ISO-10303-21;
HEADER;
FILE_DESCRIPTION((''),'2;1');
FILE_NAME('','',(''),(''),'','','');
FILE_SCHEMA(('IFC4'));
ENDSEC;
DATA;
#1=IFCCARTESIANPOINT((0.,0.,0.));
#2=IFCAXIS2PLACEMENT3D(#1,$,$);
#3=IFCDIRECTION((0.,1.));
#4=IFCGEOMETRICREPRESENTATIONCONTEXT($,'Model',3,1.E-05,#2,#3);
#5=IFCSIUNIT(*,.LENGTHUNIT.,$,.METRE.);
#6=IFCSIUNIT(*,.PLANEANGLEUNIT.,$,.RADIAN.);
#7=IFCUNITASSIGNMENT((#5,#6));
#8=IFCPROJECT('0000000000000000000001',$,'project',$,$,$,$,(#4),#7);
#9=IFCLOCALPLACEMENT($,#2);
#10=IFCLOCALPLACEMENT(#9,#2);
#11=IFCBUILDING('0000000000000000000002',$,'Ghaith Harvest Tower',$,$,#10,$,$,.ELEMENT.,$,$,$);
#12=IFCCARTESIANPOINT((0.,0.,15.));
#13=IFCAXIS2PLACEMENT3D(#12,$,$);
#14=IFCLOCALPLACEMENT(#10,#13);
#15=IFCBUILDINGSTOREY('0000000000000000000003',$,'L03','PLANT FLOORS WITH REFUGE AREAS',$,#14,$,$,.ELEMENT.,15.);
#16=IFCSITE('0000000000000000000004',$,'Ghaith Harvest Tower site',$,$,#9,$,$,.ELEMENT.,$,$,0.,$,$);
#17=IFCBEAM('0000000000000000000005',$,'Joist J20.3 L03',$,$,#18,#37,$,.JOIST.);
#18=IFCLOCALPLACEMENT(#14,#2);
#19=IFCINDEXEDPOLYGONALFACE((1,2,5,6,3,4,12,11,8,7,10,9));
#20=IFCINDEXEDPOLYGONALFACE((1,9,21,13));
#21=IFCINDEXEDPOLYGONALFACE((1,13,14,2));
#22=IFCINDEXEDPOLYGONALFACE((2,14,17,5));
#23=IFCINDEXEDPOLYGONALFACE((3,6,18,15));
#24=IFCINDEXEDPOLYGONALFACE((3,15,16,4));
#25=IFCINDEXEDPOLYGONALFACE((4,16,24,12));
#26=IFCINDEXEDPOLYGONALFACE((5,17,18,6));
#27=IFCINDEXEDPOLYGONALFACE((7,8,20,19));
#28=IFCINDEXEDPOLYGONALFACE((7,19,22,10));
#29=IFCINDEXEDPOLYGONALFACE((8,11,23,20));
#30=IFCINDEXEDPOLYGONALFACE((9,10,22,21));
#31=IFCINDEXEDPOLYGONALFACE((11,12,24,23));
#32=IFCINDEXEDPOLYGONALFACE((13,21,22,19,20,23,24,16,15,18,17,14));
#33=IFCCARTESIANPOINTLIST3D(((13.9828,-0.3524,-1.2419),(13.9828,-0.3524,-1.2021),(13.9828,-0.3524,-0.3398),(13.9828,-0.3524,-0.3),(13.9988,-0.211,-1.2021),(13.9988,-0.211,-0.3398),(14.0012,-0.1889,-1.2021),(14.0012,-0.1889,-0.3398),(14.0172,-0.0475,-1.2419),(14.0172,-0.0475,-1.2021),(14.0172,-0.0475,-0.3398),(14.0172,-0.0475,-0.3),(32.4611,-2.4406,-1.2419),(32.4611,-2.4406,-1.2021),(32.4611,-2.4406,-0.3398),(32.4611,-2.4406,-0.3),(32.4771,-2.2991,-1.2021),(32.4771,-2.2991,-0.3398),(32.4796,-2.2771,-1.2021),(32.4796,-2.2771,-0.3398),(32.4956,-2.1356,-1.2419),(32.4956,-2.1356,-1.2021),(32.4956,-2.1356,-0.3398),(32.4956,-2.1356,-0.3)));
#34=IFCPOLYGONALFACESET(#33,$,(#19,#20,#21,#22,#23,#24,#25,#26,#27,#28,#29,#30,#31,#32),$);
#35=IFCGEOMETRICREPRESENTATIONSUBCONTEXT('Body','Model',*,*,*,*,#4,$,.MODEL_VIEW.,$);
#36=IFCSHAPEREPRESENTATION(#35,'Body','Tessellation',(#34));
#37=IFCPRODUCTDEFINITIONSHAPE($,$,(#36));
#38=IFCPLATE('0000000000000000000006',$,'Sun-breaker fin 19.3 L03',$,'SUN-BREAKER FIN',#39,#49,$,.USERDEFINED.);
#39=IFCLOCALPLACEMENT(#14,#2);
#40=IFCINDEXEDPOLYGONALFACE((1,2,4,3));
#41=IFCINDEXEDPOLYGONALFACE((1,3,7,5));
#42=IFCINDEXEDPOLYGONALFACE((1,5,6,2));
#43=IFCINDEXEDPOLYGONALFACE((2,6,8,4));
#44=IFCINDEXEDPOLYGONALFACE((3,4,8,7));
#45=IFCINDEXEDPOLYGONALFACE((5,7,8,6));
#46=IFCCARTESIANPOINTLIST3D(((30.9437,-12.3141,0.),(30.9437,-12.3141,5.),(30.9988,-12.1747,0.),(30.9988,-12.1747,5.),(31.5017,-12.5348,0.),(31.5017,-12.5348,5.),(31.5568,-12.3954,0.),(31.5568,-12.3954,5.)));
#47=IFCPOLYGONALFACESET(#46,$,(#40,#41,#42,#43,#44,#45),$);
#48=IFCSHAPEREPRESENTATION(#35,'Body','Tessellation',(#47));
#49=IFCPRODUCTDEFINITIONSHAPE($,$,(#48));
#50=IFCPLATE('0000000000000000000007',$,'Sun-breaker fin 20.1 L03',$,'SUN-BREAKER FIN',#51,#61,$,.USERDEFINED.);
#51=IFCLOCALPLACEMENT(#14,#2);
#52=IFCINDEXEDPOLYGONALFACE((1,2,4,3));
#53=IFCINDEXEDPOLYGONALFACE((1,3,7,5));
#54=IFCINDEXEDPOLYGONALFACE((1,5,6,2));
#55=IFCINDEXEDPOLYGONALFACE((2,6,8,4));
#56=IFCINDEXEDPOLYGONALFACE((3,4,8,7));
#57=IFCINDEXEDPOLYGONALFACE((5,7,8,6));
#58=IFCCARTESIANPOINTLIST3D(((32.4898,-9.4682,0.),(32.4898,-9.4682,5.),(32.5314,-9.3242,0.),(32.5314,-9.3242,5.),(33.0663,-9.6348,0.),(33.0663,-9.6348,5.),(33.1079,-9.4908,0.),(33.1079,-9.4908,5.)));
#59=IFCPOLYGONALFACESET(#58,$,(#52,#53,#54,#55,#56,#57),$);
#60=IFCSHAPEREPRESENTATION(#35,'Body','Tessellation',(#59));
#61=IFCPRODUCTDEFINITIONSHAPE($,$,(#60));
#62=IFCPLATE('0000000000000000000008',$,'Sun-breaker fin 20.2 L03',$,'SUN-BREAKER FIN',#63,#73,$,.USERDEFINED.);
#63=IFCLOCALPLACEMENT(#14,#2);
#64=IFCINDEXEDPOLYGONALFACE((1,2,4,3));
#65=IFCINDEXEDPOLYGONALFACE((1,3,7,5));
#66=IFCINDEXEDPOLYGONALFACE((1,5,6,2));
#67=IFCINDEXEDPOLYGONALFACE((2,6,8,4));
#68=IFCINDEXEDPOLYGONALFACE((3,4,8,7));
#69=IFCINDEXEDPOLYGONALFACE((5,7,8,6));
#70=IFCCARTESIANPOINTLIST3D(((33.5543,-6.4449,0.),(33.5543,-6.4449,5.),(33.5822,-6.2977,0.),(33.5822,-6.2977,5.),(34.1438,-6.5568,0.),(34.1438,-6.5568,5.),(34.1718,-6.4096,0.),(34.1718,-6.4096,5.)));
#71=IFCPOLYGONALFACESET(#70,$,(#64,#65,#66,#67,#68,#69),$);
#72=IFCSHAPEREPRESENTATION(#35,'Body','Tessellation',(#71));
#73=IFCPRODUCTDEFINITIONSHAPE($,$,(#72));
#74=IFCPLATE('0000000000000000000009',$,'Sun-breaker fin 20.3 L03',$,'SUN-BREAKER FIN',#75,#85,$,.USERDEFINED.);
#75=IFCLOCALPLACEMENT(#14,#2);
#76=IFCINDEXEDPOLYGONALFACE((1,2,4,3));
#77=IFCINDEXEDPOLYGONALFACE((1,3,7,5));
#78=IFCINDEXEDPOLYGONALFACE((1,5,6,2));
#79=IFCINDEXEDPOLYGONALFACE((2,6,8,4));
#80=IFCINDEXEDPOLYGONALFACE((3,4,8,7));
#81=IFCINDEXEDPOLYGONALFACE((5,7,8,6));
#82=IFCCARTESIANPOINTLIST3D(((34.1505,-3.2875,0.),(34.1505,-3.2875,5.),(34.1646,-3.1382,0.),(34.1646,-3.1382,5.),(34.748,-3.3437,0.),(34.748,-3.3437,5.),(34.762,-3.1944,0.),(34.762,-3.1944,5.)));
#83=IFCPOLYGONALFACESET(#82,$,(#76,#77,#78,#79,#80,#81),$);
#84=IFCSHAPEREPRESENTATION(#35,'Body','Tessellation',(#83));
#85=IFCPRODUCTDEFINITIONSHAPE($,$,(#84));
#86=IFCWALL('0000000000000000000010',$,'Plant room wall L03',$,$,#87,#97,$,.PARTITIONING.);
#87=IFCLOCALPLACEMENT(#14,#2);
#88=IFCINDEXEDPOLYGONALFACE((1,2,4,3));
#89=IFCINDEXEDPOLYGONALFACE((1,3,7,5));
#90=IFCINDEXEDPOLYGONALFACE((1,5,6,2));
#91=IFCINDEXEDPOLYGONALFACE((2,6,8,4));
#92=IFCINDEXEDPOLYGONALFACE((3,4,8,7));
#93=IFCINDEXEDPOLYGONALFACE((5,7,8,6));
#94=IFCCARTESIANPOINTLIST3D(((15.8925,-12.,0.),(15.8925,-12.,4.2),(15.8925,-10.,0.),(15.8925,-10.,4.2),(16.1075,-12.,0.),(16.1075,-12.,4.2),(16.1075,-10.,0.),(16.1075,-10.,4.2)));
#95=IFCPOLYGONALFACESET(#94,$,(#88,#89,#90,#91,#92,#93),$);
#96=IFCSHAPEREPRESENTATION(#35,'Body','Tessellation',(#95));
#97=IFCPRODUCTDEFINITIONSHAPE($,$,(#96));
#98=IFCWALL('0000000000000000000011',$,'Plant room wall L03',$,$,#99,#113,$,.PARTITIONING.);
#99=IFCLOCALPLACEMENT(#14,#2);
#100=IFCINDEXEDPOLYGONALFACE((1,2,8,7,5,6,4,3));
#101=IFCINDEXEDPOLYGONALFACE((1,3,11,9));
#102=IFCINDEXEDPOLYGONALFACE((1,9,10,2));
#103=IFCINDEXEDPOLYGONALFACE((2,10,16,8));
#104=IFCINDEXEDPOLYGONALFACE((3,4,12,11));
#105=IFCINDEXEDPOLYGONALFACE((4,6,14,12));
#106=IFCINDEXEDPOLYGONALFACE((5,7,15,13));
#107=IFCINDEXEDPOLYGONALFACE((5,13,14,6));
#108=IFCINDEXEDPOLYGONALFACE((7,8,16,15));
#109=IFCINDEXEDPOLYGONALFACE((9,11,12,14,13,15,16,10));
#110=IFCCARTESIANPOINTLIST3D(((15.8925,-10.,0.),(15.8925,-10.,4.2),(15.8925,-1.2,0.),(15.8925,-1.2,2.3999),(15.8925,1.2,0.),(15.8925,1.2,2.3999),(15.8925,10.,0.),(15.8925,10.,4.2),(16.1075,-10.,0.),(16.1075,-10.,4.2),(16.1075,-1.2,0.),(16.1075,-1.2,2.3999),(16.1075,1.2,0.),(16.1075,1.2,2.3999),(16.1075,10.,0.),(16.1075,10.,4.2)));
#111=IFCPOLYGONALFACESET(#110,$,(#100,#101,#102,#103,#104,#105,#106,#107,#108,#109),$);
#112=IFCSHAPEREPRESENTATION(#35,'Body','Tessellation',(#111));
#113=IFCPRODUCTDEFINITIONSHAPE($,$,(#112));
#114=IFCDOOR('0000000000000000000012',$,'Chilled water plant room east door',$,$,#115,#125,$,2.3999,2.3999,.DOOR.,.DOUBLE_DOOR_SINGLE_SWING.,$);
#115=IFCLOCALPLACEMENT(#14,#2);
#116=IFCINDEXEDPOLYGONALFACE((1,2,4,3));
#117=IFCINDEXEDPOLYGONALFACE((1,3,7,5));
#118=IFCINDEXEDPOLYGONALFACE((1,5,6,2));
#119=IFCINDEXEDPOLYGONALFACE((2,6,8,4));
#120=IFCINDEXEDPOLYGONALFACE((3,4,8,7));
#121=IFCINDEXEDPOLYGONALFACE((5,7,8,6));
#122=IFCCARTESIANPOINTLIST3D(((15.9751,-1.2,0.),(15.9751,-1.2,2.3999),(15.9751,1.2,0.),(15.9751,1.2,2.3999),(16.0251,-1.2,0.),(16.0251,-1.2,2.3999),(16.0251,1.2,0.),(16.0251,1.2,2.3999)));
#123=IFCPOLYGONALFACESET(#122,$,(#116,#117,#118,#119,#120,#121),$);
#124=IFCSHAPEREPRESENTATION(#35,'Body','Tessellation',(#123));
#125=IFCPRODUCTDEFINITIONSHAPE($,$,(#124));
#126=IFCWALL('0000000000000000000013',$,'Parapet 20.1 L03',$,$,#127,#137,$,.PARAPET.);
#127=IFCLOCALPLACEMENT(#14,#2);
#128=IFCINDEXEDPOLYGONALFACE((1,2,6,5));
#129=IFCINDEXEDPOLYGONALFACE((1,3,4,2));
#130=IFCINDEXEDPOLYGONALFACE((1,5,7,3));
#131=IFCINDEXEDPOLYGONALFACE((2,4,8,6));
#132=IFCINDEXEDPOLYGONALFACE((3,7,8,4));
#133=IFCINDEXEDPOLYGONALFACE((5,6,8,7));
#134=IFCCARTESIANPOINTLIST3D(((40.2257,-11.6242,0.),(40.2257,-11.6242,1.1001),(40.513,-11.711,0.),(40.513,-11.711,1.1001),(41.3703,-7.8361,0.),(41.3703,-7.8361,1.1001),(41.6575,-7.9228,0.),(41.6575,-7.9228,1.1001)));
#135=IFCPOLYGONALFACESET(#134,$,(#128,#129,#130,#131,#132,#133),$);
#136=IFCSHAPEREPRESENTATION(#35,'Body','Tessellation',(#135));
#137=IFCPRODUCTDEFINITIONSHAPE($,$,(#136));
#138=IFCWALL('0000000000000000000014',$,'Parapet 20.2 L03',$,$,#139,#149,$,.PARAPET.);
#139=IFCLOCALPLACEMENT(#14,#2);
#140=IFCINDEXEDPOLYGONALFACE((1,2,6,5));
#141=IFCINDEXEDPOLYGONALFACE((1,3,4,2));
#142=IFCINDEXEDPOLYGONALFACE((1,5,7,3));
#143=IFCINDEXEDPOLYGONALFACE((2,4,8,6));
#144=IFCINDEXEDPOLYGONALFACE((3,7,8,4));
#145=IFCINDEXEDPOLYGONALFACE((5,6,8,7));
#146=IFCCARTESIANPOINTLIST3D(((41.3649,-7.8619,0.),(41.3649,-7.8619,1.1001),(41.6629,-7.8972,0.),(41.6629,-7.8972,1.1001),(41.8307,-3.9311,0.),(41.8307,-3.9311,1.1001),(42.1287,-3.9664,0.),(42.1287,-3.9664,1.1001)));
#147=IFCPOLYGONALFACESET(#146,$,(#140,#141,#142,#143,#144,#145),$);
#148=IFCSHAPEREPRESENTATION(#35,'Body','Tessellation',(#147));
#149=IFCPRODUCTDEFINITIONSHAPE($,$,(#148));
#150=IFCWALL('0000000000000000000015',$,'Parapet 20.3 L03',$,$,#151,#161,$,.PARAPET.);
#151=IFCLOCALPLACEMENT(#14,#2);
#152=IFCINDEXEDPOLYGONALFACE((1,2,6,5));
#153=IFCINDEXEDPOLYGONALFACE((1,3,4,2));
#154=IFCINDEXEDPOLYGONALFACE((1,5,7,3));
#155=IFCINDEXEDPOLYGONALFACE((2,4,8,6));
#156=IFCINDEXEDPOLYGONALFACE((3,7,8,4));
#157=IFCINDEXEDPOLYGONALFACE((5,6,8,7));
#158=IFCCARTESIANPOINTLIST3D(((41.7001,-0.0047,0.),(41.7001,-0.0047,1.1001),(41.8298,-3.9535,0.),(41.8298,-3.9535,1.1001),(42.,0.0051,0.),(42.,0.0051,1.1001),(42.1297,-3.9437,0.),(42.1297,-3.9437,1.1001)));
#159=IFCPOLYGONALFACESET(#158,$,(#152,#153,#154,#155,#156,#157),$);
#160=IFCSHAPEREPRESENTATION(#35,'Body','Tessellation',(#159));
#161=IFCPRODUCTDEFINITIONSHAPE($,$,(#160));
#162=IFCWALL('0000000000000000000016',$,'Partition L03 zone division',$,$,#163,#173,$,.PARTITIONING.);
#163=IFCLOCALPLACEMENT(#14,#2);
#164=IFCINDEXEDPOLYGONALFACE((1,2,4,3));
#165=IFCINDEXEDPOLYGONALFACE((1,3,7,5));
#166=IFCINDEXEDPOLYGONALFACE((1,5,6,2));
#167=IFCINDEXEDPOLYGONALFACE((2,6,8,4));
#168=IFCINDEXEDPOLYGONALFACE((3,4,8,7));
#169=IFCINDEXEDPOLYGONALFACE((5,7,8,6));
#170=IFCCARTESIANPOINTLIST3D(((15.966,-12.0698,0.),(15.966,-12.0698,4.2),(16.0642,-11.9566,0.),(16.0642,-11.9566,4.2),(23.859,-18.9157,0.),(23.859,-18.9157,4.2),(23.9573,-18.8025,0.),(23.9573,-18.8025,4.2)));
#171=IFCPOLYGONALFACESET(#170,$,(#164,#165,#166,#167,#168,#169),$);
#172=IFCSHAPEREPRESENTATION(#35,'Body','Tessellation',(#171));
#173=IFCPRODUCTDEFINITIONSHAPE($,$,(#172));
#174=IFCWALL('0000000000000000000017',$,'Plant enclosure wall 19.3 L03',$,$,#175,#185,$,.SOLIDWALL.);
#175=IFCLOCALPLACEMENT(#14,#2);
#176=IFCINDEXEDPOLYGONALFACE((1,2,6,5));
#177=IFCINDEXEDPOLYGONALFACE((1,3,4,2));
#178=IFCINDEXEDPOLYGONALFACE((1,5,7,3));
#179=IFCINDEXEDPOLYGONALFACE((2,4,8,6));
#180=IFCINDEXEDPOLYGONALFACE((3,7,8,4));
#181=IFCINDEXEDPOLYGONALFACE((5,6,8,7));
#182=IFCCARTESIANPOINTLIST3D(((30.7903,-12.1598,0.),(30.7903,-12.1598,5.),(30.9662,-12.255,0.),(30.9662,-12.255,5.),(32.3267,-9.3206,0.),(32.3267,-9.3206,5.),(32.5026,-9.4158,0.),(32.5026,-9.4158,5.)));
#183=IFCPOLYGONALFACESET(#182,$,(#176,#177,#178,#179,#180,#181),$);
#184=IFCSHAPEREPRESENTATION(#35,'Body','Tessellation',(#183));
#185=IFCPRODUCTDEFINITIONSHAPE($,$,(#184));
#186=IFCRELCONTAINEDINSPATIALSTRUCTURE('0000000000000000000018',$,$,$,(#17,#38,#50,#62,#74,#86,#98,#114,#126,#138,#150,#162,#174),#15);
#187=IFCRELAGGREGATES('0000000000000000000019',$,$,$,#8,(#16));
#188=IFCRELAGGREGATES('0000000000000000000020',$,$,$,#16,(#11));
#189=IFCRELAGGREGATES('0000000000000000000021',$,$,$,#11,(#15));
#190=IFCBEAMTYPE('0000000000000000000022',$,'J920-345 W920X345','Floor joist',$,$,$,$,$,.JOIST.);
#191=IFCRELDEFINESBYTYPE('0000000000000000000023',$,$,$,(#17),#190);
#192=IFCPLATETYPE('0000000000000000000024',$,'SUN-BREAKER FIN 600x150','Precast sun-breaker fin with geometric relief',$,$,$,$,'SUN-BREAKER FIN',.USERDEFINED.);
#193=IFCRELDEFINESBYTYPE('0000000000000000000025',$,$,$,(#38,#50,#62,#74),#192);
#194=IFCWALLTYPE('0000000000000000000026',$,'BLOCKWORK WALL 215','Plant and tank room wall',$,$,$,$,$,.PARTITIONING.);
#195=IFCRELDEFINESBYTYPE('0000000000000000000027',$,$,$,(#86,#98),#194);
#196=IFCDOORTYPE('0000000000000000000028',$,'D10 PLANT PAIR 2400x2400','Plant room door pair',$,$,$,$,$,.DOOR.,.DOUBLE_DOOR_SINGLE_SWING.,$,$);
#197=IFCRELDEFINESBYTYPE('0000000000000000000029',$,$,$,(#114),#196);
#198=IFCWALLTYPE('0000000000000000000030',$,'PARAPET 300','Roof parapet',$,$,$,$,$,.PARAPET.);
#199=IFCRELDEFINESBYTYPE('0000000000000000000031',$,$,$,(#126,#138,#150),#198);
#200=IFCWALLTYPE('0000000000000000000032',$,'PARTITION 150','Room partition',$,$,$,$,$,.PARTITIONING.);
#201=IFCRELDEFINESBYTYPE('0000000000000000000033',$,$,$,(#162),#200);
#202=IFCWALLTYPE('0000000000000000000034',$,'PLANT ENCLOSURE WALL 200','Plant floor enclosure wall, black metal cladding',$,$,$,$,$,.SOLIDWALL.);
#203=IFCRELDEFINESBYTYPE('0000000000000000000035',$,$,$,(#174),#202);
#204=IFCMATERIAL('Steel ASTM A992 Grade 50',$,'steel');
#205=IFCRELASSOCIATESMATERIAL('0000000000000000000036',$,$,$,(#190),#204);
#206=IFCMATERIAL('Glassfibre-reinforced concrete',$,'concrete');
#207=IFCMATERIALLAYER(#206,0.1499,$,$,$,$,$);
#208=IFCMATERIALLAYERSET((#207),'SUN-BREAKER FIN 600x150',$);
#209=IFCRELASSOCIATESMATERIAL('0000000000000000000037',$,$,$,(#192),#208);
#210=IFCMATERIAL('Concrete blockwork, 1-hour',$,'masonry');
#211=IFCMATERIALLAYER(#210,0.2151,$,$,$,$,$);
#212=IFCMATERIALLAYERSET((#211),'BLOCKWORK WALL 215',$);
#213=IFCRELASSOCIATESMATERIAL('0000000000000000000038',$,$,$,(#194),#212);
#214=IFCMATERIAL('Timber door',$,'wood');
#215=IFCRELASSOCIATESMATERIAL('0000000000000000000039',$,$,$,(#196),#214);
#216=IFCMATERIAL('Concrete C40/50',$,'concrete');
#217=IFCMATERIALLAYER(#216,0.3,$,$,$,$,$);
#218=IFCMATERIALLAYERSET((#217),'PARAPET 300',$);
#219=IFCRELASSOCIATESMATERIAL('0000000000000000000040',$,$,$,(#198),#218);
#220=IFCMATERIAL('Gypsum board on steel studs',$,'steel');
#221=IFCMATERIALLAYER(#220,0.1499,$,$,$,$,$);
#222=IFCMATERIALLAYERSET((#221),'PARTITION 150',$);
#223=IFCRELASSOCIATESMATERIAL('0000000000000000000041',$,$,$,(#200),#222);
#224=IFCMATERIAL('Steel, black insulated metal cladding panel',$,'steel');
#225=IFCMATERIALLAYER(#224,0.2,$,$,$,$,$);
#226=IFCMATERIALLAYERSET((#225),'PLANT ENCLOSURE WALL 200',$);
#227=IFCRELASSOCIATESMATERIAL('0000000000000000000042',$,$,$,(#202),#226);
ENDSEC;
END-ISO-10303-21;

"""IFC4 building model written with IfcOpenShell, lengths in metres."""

from ifc_helpers import new_model, si_unit, direction, frame, frame_2d, origin, origin_2d, place, context, subcontext, project, spatial, rectangle, i_section, extrude, material, layer, layer_set, material_profile, profile_set, type_object, element, fill, save


model = new_model("IFC4")

# Units and contexts
model_context = context("Model", 3, precision=1e-05, world=origin(), true_north=direction((0.0, 1.0)))
body_context = subcontext(model_context, "Body", "Model", "MODEL_VIEW")
ifc_project = project(units=[si_unit("LENGTHUNIT", "METRE"), si_unit("PLANEANGLEUNIT", "RADIAN")], contexts=[model_context])

# Site, building, storey
site_placement = place(None, origin())
site = spatial("IfcSite", under=ifc_project, at=site_placement, Name="Ghaith Harvest Tower site", CompositionType="ELEMENT", RefElevation=0.0)
building_placement = place(site_placement, origin())
building = spatial("IfcBuilding", under=site, at=building_placement, Name="Ghaith Harvest Tower", CompositionType="ELEMENT")
storey_placement = place(building_placement, frame((0.0, 0.0, 15.0)))
storey = spatial("IfcBuildingStorey", under=building, at=storey_placement, Name="L03", Description="PLANT FLOORS WITH REFUGE AREAS", CompositionType="ELEMENT", Elevation=15.0)

# Beam
ifc_material_1 = material(Name="Steel ASTM A992 Grade 50", Category="steel")
ifc_material_profile_1 = material_profile(ifc_material_1, i_section(OverallWidth=0.3069, OverallDepth=0.9419, WebThickness=0.0222, FlangeThickness=0.0398, at=origin_2d()), Name="W920X345")
ifc_profile_set_1 = profile_set([ifc_material_profile_1], Name="Steel ASTM A992 Grade 50")
beam_type_1 = type_object("IfcBeamType", Name="J920-345 W920X345", Description="Floor joist", PredefinedType="JOIST", material=ifc_profile_set_1)
beam_1_placement = place(storey_placement, frame((14.0, -0.2, -0.771), z_axis=(0.993675, -0.11229, 0.0), x_axis=(0.11229, 0.993675, 0.0)))
element("IfcBeam", 1, at=beam_1_placement, inside=storey, type_object=beam_type_1, Name="Joist J20.3 L03", PredefinedType="JOIST", context=body_context, shape_type="SweptSolid", body=[
    extrude(i_section(OverallWidth=0.3069, OverallDepth=0.9419, WebThickness=0.0222, FlangeThickness=0.0398, at=origin_2d()), origin(), (0.0, 0.0, 1.0), 18.5959),
])

# Plates
ifc_material_2 = material(Name="Glassfibre-reinforced concrete", Category="concrete")
ifc_layer_1 = layer(ifc_material_2, 0.1499)
ifc_layer_set_1 = layer_set([ifc_layer_1], Name="SUN-BREAKER FIN 600x150")
plate_type = type_object("IfcPlateType", Name="SUN-BREAKER FIN 600x150", Description="Precast sun-breaker fin with geometric relief", ElementType="SUN-BREAKER FIN", PredefinedType="USERDEFINED", material=ifc_layer_set_1)
for number, where, z_axis, x_axis, name in (
    (2, (31.2502, -12.3547, 0.0), (0.0, 0.0, 1.0), (0.929961, -0.367659, 0.0), "Sun-breaker fin 19.3 L03"),
    (3, (32.7988, -9.4795, 0.0), (0.0, 0.0, 1.0), (0.96068, -0.277657, 0.0), "Sun-breaker fin 20.1 L03"),
    (4, (33.863, -6.4272, 0.0), (0.0, 0.0, 1.0), (0.98246, -0.186471, 0.0), "Sun-breaker fin 20.2 L03"),
    (5, (34.4563, -3.241, 0.0), (0.0, 0.0, 1.0), (0.995605, -0.093647, 0.0), "Sun-breaker fin 20.3 L03"),
):
    element("IfcPlate", number, at=place(storey_placement, frame(where, z_axis=z_axis, x_axis=x_axis)), inside=storey, type_object=plate_type, Name=name, ObjectType="SUN-BREAKER FIN", PredefinedType="USERDEFINED", context=body_context, shape_type="SweptSolid", body=[
        extrude(rectangle(XDim=0.6001, YDim=0.1499, at=origin_2d()), origin(), (0.0, 0.0, 1.0), 5.0),
    ])

# Wall
ifc_material_3 = material(Name="Concrete blockwork, 1-hour", Category="masonry")
ifc_layer_2 = layer(ifc_material_3, 0.2151)
ifc_layer_set_2 = layer_set([ifc_layer_2], Name="BLOCKWORK WALL 215")
wall_type_1 = type_object("IfcWallType", Name="BLOCKWORK WALL 215", Description="Plant and tank room wall", PredefinedType="PARTITIONING", material=ifc_layer_set_2)
wall_1_placement = place(storey_placement, frame((16.0, -12.0, 0.0), z_axis=(0.0, 0.0, 1.0), x_axis=(0.0, 1.0, 0.0)))
element("IfcWall", 6, at=wall_1_placement, inside=storey, type_object=wall_type_1, Name="Plant room wall L03", PredefinedType="PARTITIONING", context=body_context, shape_type="SweptSolid", body=[
    extrude(rectangle(XDim=2.0, YDim=0.2151, at=frame_2d((1.0, 0.0))), origin(), (0.0, 0.0, 1.0), 4.2),
])

# Wall, opening, door
wall_2_placement = place(storey_placement, frame((16.0, -10.0, 0.0), z_axis=(0.0, 0.0, 1.0), x_axis=(0.0, 1.0, 0.0)))
wall_2 = element("IfcWall", 7, at=wall_2_placement, inside=storey, type_object=wall_type_1, Name="Plant room wall L03", PredefinedType="PARTITIONING", context=body_context, shape_type="SweptSolid", body=[
    extrude(rectangle(XDim=20.0, YDim=0.2151, at=frame_2d((10.0, 0.0))), origin(), (0.0, 0.0, 1.0), 4.2),
])
opening_1_placement = place(wall_2_placement, frame((8.8, 0.0, 0.0)))
opening_1 = element("IfcOpeningElement", 8, at=opening_1_placement, cuts=wall_2, PredefinedType="OPENING", context=body_context, shape_type="SweptSolid", body=[
    extrude(rectangle(XDim=2.3999, YDim=2.3999, at=frame_2d((1.2, 1.2))), frame((0.0, 0.1177, 0.0), z_axis=(0.0, -1.0, 0.0), x_axis=(1.0, 0.0, 0.0)), (0.0, 0.0, 1.0), 0.2351),
])
ifc_material_4 = material(Name="Timber door", Category="wood")
door_type = type_object("IfcDoorType", Name="D10 PLANT PAIR 2400x2400", Description="Plant room door pair", OperationType="DOUBLE_DOOR_SINGLE_SWING", PredefinedType="DOOR", material=ifc_material_4)
door_placement = place(opening_1_placement, origin())
door = element("IfcDoor", 9, at=door_placement, inside=storey, type_object=door_type, Name="Chilled water plant room east door", OperationType="DOUBLE_DOOR_SINGLE_SWING", OverallHeight=2.3999, OverallWidth=2.3999, PredefinedType="DOOR", context=body_context, shape_type="SweptSolid", body=[
    extrude(rectangle(XDim=2.3999, YDim=2.3999, at=frame_2d((1.2, 1.2))), frame((0.0, 0.0249, 0.0), z_axis=(0.0, -1.0, 0.0), x_axis=(1.0, 0.0, 0.0)), (0.0, 0.0, 1.0), 0.05),
])
fill(opening_1, door)

# Walls
ifc_material_5 = material(Name="Concrete C40/50", Category="concrete")
ifc_layer_3 = layer(ifc_material_5, 0.3)
ifc_layer_set_3 = layer_set([ifc_layer_3], Name="PARAPET 300")
wall_type_2 = type_object("IfcWallType", Name="PARAPET 300", Description="Roof parapet", PredefinedType="PARAPET", material=ifc_layer_set_3)
wall_3_placement = place(storey_placement, frame((40.3694, -11.6675, 0.0), z_axis=(0.0, 0.0, 1.0), x_axis=(0.289226, 0.957261, 0.0)))
element("IfcWall", 10, at=wall_3_placement, inside=storey, type_object=wall_type_2, Name="Parapet 20.1 L03", PredefinedType="PARAPET", context=body_context, shape_type="SweptSolid", body=[
    extrude(rectangle(XDim=3.9573, YDim=0.3, at=frame_2d((1.9785, 0.0))), origin(), (0.0, 0.0, 1.0), 1.1001),
])
wall_4_placement = place(storey_placement, frame((41.5139, -7.8794, 0.0), z_axis=(0.0, 0.0, 1.0), x_axis=(0.117686, 0.993051, 0.0)))
element("IfcWall", 11, at=wall_4_placement, inside=storey, type_object=wall_type_2, Name="Parapet 20.2 L03", PredefinedType="PARAPET", context=body_context, shape_type="SweptSolid", body=[
    extrude(rectangle(XDim=3.9583, YDim=0.3, at=frame_2d((1.979, 0.0))), origin(), (0.0, 0.0, 1.0), 1.1001),
])
wall_5_placement = place(storey_placement, frame((41.9797, -3.9487, 0.0), z_axis=(0.0, 0.0, 1.0), x_axis=(-0.032813, 0.999462, 0.0)))
element("IfcWall", 12, at=wall_5_placement, inside=storey, type_object=wall_type_2, Name="Parapet 20.3 L03", PredefinedType="PARAPET", context=body_context, shape_type="SweptSolid", body=[
    extrude(rectangle(XDim=3.9509, YDim=0.3, at=frame_2d((1.9756, 0.0))), origin(), (0.0, 0.0, 1.0), 1.1001),
])
ifc_material_6 = material(Name="Gypsum board on steel studs", Category="steel")
ifc_layer_4 = layer(ifc_material_6, 0.1499)
ifc_layer_set_4 = layer_set([ifc_layer_4], Name="PARTITION 150")
wall_type_3 = type_object("IfcWallType", Name="PARTITION 150", Description="Room partition", PredefinedType="PARTITIONING", material=ifc_layer_set_4)
wall_6_placement = place(storey_placement, frame((16.0151, -12.0132, 0.0), z_axis=(0.0, 0.0, 1.0), x_axis=(0.755438, -0.65522, 0.0)))
element("IfcWall", 13, at=wall_6_placement, inside=storey, type_object=wall_type_3, Name="Partition L03 zone division", PredefinedType="PARTITIONING", context=body_context, shape_type="SweptSolid", body=[
    extrude(rectangle(XDim=10.4482, YDim=0.1499, at=frame_2d((5.2241, 0.0))), origin(), (0.0, 0.0, 1.0), 4.2),
])
ifc_material_7 = material(Name="Steel, black insulated metal cladding panel", Category="steel")
ifc_layer_5 = layer(ifc_material_7, 0.2)
ifc_layer_set_5 = layer_set([ifc_layer_5], Name="PLANT ENCLOSURE WALL 200")
wall_type_4 = type_object("IfcWallType", Name="PLANT ENCLOSURE WALL 200", Description="Plant floor enclosure wall, black metal cladding", PredefinedType="SOLIDWALL", material=ifc_layer_set_5)
wall_7_placement = place(storey_placement, frame((30.8782, -12.2075, 0.0), z_axis=(0.0, 0.0, 1.0), x_axis=(0.47593, 0.879483, 0.0)))
element("IfcWall", 14, at=wall_7_placement, inside=storey, type_object=wall_type_4, Name="Plant enclosure wall 19.3 L03", PredefinedType="SOLIDWALL", context=body_context, shape_type="SweptSolid", body=[
    extrude(rectangle(XDim=3.2283, YDim=0.2, at=frame_2d((1.6143, 0.0))), origin(), (0.0, 0.0, 1.0), 5.0),
])

save(model, "model.ifc")
